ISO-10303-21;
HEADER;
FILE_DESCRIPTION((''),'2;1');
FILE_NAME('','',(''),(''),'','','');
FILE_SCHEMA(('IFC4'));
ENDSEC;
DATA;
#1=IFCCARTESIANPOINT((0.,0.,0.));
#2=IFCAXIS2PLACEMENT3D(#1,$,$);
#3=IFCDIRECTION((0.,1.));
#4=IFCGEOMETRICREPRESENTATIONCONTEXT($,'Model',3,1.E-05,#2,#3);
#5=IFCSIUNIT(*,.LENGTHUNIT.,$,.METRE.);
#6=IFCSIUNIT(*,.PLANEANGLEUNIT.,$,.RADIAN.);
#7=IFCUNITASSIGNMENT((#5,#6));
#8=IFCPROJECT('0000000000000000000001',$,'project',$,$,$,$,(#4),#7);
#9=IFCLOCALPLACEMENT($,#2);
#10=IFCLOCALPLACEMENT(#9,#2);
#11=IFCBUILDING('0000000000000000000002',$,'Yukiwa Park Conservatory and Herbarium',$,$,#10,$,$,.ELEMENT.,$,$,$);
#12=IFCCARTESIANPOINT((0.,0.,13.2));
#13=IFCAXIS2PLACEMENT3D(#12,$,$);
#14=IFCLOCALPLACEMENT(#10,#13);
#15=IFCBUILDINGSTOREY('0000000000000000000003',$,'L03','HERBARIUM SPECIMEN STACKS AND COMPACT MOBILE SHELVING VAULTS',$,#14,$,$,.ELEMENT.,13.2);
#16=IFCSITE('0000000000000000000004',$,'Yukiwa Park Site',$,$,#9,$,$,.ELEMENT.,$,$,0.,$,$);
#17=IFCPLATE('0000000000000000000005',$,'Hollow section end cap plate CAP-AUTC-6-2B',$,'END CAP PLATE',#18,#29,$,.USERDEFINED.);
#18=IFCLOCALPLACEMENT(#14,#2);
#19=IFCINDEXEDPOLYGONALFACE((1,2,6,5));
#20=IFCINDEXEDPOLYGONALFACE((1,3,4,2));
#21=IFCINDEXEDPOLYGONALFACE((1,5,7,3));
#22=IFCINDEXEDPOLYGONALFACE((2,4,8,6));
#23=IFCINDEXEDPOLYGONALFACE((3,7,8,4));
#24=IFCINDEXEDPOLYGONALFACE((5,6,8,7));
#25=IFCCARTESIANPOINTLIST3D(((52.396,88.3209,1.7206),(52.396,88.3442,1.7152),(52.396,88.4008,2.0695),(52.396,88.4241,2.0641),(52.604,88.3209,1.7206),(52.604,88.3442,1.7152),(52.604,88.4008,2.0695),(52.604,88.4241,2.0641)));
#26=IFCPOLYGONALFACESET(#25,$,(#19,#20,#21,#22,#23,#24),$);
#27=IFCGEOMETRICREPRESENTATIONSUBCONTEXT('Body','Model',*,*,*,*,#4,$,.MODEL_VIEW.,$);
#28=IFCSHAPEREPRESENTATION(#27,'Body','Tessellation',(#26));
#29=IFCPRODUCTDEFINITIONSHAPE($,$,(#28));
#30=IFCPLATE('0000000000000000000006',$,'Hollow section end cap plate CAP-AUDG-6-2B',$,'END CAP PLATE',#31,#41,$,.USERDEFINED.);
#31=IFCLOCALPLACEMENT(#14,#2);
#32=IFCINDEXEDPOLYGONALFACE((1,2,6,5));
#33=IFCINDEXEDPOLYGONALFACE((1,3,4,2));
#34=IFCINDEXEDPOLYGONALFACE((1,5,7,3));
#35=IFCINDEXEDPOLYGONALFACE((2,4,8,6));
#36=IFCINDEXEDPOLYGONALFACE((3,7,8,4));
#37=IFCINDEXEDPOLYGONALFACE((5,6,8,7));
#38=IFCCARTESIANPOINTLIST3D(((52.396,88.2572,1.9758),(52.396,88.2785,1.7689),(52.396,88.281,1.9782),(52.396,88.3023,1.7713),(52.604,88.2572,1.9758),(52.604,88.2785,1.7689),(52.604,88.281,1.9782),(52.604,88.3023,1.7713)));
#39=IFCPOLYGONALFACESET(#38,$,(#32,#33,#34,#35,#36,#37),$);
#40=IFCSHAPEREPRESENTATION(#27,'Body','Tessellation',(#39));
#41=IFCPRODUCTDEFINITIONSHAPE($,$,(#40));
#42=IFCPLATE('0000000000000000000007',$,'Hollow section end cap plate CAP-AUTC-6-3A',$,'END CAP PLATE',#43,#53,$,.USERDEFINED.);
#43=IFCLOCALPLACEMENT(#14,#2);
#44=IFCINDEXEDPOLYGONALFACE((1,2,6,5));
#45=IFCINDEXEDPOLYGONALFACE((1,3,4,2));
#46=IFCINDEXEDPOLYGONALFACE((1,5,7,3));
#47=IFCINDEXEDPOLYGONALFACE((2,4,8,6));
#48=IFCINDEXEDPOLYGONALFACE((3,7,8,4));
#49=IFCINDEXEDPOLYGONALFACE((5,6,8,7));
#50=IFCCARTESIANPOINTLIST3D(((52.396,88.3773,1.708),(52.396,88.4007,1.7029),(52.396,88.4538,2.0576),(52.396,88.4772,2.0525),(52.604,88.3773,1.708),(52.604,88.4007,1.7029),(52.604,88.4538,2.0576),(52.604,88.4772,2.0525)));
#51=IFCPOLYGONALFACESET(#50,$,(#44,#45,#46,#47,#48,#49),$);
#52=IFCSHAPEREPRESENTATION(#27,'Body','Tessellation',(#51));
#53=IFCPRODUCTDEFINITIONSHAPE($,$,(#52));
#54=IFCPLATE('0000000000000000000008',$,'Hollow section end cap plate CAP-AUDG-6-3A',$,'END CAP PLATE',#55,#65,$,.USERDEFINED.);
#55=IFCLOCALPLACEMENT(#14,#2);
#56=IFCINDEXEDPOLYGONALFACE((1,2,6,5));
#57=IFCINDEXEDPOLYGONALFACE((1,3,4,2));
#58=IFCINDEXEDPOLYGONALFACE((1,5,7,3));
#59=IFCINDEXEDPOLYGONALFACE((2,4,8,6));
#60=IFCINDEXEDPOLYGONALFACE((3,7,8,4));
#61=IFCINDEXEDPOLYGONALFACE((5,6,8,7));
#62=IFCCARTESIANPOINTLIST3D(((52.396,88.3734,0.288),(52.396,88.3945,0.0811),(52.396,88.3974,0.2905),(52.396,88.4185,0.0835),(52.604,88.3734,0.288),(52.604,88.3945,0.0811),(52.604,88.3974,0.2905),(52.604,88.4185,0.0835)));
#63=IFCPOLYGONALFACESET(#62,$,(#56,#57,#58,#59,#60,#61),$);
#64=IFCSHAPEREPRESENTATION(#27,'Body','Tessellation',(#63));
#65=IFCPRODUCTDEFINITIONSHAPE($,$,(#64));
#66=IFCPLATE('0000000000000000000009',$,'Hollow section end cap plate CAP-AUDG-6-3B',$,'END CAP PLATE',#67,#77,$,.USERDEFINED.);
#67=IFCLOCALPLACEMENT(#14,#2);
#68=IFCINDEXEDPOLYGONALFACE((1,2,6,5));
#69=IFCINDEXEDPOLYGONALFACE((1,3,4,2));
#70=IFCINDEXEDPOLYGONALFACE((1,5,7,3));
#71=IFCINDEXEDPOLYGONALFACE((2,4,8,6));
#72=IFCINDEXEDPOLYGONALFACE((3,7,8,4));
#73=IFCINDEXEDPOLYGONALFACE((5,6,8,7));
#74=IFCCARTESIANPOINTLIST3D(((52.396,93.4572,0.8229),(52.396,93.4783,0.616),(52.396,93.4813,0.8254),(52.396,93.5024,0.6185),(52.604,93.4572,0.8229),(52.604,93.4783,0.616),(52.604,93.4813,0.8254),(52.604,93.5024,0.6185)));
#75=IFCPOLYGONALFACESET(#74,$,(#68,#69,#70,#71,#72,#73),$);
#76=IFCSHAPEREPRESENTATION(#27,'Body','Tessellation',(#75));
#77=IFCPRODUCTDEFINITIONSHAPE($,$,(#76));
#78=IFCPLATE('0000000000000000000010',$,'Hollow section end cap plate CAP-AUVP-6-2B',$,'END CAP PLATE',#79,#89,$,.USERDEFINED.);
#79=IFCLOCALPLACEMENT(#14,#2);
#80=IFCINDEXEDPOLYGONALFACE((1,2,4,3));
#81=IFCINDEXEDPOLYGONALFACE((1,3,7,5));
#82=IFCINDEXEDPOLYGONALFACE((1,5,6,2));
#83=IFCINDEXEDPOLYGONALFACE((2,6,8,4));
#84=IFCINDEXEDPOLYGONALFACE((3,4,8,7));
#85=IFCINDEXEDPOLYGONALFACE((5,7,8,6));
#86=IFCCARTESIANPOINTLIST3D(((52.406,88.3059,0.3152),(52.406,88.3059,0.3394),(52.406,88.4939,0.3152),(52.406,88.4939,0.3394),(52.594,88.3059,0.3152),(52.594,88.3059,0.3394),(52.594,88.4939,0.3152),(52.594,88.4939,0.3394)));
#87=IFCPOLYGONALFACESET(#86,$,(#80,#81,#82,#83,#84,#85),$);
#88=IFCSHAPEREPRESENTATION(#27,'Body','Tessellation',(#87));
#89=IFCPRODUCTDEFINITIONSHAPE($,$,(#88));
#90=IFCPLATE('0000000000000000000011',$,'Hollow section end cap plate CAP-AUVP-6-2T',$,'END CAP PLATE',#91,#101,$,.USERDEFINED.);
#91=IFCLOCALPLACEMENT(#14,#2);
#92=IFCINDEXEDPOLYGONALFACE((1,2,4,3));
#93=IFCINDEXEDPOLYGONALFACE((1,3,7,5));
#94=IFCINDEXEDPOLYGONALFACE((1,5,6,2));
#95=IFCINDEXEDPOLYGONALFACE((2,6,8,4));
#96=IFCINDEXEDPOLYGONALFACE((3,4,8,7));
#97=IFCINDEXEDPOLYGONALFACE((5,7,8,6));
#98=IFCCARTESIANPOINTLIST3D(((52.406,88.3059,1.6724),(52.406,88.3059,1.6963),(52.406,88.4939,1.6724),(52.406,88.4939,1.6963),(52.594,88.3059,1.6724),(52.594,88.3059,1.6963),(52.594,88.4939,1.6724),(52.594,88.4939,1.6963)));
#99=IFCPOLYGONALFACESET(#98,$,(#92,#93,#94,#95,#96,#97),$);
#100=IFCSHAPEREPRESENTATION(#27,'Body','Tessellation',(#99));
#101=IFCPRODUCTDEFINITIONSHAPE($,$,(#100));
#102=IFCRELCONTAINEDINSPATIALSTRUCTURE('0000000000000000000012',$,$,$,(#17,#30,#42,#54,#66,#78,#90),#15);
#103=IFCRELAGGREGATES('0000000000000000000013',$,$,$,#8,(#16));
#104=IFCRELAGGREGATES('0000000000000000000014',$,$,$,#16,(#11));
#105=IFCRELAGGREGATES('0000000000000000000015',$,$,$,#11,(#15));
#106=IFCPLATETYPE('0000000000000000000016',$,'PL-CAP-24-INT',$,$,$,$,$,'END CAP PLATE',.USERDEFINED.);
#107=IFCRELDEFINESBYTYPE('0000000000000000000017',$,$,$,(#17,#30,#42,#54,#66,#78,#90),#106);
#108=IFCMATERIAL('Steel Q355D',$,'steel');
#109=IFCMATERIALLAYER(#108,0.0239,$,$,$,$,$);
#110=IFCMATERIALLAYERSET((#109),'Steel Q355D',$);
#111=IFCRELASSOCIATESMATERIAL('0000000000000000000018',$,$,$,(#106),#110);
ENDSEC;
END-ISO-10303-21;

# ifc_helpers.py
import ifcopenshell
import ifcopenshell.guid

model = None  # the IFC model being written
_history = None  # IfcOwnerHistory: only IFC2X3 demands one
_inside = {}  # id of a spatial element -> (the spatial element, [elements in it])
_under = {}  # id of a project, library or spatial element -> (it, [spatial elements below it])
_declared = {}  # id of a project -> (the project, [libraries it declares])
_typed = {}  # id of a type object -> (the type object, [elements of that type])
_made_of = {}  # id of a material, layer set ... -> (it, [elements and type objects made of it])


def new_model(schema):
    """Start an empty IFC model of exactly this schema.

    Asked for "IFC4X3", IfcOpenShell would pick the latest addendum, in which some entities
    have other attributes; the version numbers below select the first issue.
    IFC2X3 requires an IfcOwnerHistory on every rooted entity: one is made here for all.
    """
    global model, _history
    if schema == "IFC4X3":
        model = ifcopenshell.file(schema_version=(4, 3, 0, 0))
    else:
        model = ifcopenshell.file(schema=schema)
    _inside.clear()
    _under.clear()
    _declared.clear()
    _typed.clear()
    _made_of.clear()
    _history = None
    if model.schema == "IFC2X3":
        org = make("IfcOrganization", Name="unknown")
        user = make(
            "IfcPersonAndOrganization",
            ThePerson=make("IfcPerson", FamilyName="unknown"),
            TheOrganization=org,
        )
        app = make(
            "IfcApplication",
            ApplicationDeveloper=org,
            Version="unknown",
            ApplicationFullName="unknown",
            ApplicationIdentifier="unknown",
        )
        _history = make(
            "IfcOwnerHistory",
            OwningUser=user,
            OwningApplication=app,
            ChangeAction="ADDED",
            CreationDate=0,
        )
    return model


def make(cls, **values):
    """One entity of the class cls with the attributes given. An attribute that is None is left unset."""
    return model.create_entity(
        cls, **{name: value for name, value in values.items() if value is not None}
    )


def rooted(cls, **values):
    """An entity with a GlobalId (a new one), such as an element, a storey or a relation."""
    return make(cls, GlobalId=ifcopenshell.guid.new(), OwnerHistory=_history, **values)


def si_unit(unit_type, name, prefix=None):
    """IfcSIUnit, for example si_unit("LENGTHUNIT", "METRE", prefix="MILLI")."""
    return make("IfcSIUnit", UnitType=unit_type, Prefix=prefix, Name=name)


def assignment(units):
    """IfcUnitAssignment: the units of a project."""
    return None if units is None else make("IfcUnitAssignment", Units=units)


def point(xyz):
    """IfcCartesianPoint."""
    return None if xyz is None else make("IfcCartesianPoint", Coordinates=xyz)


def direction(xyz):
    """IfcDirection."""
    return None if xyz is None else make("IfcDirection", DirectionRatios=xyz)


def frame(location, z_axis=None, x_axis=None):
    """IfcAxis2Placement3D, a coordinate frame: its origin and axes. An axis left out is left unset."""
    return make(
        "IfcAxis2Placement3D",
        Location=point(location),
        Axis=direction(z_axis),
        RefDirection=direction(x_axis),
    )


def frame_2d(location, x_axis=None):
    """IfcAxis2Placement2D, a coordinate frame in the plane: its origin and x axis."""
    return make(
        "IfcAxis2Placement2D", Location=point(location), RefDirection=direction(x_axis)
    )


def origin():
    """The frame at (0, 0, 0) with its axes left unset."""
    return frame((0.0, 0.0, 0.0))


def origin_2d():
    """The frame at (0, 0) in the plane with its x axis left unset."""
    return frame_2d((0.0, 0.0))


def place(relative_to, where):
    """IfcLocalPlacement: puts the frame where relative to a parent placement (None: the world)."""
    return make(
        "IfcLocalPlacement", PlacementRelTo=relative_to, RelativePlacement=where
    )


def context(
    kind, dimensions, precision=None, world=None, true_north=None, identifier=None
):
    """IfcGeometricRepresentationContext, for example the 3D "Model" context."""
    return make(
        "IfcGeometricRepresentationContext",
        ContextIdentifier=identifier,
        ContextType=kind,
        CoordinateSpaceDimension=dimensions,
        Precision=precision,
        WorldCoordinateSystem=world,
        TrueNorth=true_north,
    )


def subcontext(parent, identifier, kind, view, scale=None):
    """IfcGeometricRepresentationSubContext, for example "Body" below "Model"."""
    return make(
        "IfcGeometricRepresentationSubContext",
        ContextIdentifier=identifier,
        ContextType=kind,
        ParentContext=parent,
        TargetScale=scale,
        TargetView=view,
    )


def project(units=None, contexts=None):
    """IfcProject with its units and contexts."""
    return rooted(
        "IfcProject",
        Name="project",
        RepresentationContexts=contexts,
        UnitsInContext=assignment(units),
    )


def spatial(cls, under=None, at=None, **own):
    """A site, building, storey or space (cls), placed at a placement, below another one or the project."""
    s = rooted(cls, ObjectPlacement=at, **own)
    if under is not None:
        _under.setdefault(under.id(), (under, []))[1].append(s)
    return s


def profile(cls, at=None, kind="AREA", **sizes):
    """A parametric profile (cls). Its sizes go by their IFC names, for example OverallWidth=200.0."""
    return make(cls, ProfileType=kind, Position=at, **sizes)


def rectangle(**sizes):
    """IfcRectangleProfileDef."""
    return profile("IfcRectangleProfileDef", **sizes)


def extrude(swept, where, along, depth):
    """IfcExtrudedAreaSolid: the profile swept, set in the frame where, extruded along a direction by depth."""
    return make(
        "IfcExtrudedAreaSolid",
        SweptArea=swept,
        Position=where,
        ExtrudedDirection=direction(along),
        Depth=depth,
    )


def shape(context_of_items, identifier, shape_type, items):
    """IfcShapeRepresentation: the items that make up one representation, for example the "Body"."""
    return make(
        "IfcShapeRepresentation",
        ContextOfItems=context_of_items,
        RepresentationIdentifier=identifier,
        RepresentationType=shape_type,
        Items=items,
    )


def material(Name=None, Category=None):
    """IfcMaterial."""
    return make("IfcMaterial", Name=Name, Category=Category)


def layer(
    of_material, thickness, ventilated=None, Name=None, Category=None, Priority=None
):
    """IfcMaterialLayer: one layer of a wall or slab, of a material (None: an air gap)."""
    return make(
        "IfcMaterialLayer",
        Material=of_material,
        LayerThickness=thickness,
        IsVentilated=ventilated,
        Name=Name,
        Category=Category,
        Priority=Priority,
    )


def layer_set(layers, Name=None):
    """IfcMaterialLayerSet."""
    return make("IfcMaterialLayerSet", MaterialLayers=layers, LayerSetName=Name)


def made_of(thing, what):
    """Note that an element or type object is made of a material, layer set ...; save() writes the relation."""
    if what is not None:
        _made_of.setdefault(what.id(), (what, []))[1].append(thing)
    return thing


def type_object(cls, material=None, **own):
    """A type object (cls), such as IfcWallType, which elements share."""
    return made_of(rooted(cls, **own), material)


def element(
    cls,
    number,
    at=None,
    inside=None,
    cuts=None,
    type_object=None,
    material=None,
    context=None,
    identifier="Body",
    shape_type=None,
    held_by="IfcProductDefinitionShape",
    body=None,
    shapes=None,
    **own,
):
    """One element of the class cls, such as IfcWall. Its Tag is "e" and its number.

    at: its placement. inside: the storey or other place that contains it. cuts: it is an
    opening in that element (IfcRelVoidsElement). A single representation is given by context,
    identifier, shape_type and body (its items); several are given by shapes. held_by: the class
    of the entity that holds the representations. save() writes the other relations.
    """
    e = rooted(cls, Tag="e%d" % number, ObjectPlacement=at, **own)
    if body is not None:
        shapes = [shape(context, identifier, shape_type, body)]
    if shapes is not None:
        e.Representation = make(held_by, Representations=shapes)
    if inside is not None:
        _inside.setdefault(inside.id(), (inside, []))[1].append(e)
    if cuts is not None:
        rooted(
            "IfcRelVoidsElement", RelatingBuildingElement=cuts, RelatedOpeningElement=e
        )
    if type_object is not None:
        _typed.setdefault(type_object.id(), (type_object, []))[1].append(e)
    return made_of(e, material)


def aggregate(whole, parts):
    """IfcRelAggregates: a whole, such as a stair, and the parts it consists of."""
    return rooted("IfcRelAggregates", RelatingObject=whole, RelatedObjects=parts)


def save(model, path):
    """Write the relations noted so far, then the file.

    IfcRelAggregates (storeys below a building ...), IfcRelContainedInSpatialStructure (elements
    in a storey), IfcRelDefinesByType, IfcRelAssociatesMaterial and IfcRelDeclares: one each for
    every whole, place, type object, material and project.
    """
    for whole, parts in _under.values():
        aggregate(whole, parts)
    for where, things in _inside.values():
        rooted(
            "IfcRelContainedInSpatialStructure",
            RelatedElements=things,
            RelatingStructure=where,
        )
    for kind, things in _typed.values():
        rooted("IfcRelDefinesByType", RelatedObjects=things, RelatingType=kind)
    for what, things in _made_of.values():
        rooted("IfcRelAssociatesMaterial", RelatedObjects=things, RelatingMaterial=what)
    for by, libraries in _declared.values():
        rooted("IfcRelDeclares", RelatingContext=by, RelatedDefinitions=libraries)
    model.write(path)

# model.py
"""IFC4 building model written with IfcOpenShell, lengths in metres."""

from ifc_helpers import new_model, si_unit, direction, frame, origin, origin_2d, place, context, subcontext, project, spatial, rectangle, extrude, material, layer, layer_set, type_object, element, save


model = new_model("IFC4")

# Units and contexts
model_context = context("Model", 3, precision=1e-05, world=origin(), true_north=direction((0.0, 1.0)))
body_context = subcontext(model_context, "Body", "Model", "MODEL_VIEW")
ifc_project = project(units=[si_unit("LENGTHUNIT", "METRE"), si_unit("PLANEANGLEUNIT", "RADIAN")], contexts=[model_context])

# Site, building, storey
site_placement = place(None, origin())
site = spatial("IfcSite", under=ifc_project, at=site_placement, Name="Yukiwa Park Site", CompositionType="ELEMENT", RefElevation=0.0)
building_placement = place(site_placement, origin())
building = spatial("IfcBuilding", under=site, at=building_placement, Name="Yukiwa Park Conservatory and Herbarium", CompositionType="ELEMENT")
storey_placement = place(building_placement, frame((0.0, 0.0, 13.2)))
storey = spatial("IfcBuildingStorey", under=building, at=storey_placement, Name="L03", Description="HERBARIUM SPECIMEN STACKS AND COMPACT MOBILE SHELVING VAULTS", CompositionType="ELEMENT", Elevation=13.2)

# Plates
ifc_material_1 = material(Name="Steel Q355D", Category="steel")
ifc_layer_1 = layer(ifc_material_1, 0.0239)
ifc_layer_set_1 = layer_set([ifc_layer_1], Name="Steel Q355D")
plate_type_1 = type_object("IfcPlateType", Name="PL-CAP-24-INT", ElementType="END CAP PLATE", PredefinedType="USERDEFINED", material=ifc_layer_set_1)
plate_1_placement = place(storey_placement, frame((52.5, 88.3608, 1.895), z_axis=(0.0, 0.974732, -0.223376), x_axis=(-1.0, 0.0, 0.0)))
element("IfcPlate", 1, at=plate_1_placement, inside=storey, type_object=plate_type_1, Name="Hollow section end cap plate CAP-AUTC-6-2B", ObjectType="END CAP PLATE", PredefinedType="USERDEFINED", context=body_context, shape_type="SweptSolid", body=[
    extrude(rectangle(XDim=0.208, YDim=0.3579, at=origin_2d()), origin(), (0.0, 0.0, 1.0), 0.0239),
])
plate_2_placement = place(storey_placement, frame((52.5, 88.2678, 1.8723), z_axis=(0.0, 0.994728, 0.102549), x_axis=(-1.0, 0.0, 0.0)))
element("IfcPlate", 2, at=plate_2_placement, inside=storey, type_object=plate_type_1, Name="Hollow section end cap plate CAP-AUDG-6-2B", ObjectType="END CAP PLATE", PredefinedType="USERDEFINED", context=body_context, shape_type="SweptSolid", body=[
    extrude(rectangle(XDim=0.208, YDim=0.208, at=origin_2d()), origin(), (0.0, 0.0, 1.0), 0.0239),
])
plate_3_placement = place(storey_placement, frame((52.5, 88.439, 1.8777), z_axis=(0.0, -0.9769, 0.213697), x_axis=(1.0, 0.0, 0.0)))
element("IfcPlate", 3, at=plate_3_placement, inside=storey, type_object=plate_type_1, Name="Hollow section end cap plate CAP-AUTC-6-3A", ObjectType="END CAP PLATE", PredefinedType="USERDEFINED", context=body_context, shape_type="SweptSolid", body=[
    extrude(rectangle(XDim=0.208, YDim=0.3579, at=origin_2d()), origin(), (0.0, 0.0, 1.0), 0.0239),
])
for number, where, z_axis, x_axis, name in (
    (4, (52.5, 88.408, 0.187), (0.0, -0.994834, -0.101514), (1.0, 0.0, 0.0), "Hollow section end cap plate CAP-AUDG-6-3A"),
    (5, (52.5, 93.4678, 0.7195), (0.0, 0.994834, 0.101514), (-1.0, 0.0, 0.0), "Hollow section end cap plate CAP-AUDG-6-3B"),
):
    element("IfcPlate", number, at=place(storey_placement, frame(where, z_axis=z_axis, x_axis=x_axis)), inside=storey, type_object=plate_type_1, Name=name, ObjectType="END CAP PLATE", PredefinedType="USERDEFINED", context=body_context, shape_type="SweptSolid", body=[
        extrude(rectangle(XDim=0.208, YDim=0.208, at=origin_2d()), origin(), (0.0, 0.0, 1.0), 0.0242),
    ])
plate_4_placement = place(storey_placement, frame((52.5, 88.3999, 0.3394), z_axis=(0.0, 0.0, -1.0), x_axis=(1.0, 0.0, 0.0)))
element("IfcPlate", 6, at=plate_4_placement, inside=storey, type_object=plate_type_1, Name="Hollow section end cap plate CAP-AUVP-6-2B", ObjectType="END CAP PLATE", PredefinedType="USERDEFINED", context=body_context, shape_type="SweptSolid", body=[
    extrude(rectangle(XDim=0.188, YDim=0.188, at=origin_2d()), origin(), (0.0, 0.0, 1.0), 0.0242),
])
plate_5_placement = place(storey_placement, frame((52.5, 88.3999, 1.6724), z_axis=(0.0, 0.0, 1.0), x_axis=(1.0, 0.0, 0.0)))
element("IfcPlate", 7, at=plate_5_placement, inside=storey, type_object=plate_type_1, Name="Hollow section end cap plate CAP-AUVP-6-2T", ObjectType="END CAP PLATE", PredefinedType="USERDEFINED", context=body_context, shape_type="SweptSolid", body=[
    extrude(rectangle(XDim=0.188, YDim=0.188, at=origin_2d()), origin(), (0.0, 0.0, 1.0), 0.0239),
])

save(model, "model.ifc")
